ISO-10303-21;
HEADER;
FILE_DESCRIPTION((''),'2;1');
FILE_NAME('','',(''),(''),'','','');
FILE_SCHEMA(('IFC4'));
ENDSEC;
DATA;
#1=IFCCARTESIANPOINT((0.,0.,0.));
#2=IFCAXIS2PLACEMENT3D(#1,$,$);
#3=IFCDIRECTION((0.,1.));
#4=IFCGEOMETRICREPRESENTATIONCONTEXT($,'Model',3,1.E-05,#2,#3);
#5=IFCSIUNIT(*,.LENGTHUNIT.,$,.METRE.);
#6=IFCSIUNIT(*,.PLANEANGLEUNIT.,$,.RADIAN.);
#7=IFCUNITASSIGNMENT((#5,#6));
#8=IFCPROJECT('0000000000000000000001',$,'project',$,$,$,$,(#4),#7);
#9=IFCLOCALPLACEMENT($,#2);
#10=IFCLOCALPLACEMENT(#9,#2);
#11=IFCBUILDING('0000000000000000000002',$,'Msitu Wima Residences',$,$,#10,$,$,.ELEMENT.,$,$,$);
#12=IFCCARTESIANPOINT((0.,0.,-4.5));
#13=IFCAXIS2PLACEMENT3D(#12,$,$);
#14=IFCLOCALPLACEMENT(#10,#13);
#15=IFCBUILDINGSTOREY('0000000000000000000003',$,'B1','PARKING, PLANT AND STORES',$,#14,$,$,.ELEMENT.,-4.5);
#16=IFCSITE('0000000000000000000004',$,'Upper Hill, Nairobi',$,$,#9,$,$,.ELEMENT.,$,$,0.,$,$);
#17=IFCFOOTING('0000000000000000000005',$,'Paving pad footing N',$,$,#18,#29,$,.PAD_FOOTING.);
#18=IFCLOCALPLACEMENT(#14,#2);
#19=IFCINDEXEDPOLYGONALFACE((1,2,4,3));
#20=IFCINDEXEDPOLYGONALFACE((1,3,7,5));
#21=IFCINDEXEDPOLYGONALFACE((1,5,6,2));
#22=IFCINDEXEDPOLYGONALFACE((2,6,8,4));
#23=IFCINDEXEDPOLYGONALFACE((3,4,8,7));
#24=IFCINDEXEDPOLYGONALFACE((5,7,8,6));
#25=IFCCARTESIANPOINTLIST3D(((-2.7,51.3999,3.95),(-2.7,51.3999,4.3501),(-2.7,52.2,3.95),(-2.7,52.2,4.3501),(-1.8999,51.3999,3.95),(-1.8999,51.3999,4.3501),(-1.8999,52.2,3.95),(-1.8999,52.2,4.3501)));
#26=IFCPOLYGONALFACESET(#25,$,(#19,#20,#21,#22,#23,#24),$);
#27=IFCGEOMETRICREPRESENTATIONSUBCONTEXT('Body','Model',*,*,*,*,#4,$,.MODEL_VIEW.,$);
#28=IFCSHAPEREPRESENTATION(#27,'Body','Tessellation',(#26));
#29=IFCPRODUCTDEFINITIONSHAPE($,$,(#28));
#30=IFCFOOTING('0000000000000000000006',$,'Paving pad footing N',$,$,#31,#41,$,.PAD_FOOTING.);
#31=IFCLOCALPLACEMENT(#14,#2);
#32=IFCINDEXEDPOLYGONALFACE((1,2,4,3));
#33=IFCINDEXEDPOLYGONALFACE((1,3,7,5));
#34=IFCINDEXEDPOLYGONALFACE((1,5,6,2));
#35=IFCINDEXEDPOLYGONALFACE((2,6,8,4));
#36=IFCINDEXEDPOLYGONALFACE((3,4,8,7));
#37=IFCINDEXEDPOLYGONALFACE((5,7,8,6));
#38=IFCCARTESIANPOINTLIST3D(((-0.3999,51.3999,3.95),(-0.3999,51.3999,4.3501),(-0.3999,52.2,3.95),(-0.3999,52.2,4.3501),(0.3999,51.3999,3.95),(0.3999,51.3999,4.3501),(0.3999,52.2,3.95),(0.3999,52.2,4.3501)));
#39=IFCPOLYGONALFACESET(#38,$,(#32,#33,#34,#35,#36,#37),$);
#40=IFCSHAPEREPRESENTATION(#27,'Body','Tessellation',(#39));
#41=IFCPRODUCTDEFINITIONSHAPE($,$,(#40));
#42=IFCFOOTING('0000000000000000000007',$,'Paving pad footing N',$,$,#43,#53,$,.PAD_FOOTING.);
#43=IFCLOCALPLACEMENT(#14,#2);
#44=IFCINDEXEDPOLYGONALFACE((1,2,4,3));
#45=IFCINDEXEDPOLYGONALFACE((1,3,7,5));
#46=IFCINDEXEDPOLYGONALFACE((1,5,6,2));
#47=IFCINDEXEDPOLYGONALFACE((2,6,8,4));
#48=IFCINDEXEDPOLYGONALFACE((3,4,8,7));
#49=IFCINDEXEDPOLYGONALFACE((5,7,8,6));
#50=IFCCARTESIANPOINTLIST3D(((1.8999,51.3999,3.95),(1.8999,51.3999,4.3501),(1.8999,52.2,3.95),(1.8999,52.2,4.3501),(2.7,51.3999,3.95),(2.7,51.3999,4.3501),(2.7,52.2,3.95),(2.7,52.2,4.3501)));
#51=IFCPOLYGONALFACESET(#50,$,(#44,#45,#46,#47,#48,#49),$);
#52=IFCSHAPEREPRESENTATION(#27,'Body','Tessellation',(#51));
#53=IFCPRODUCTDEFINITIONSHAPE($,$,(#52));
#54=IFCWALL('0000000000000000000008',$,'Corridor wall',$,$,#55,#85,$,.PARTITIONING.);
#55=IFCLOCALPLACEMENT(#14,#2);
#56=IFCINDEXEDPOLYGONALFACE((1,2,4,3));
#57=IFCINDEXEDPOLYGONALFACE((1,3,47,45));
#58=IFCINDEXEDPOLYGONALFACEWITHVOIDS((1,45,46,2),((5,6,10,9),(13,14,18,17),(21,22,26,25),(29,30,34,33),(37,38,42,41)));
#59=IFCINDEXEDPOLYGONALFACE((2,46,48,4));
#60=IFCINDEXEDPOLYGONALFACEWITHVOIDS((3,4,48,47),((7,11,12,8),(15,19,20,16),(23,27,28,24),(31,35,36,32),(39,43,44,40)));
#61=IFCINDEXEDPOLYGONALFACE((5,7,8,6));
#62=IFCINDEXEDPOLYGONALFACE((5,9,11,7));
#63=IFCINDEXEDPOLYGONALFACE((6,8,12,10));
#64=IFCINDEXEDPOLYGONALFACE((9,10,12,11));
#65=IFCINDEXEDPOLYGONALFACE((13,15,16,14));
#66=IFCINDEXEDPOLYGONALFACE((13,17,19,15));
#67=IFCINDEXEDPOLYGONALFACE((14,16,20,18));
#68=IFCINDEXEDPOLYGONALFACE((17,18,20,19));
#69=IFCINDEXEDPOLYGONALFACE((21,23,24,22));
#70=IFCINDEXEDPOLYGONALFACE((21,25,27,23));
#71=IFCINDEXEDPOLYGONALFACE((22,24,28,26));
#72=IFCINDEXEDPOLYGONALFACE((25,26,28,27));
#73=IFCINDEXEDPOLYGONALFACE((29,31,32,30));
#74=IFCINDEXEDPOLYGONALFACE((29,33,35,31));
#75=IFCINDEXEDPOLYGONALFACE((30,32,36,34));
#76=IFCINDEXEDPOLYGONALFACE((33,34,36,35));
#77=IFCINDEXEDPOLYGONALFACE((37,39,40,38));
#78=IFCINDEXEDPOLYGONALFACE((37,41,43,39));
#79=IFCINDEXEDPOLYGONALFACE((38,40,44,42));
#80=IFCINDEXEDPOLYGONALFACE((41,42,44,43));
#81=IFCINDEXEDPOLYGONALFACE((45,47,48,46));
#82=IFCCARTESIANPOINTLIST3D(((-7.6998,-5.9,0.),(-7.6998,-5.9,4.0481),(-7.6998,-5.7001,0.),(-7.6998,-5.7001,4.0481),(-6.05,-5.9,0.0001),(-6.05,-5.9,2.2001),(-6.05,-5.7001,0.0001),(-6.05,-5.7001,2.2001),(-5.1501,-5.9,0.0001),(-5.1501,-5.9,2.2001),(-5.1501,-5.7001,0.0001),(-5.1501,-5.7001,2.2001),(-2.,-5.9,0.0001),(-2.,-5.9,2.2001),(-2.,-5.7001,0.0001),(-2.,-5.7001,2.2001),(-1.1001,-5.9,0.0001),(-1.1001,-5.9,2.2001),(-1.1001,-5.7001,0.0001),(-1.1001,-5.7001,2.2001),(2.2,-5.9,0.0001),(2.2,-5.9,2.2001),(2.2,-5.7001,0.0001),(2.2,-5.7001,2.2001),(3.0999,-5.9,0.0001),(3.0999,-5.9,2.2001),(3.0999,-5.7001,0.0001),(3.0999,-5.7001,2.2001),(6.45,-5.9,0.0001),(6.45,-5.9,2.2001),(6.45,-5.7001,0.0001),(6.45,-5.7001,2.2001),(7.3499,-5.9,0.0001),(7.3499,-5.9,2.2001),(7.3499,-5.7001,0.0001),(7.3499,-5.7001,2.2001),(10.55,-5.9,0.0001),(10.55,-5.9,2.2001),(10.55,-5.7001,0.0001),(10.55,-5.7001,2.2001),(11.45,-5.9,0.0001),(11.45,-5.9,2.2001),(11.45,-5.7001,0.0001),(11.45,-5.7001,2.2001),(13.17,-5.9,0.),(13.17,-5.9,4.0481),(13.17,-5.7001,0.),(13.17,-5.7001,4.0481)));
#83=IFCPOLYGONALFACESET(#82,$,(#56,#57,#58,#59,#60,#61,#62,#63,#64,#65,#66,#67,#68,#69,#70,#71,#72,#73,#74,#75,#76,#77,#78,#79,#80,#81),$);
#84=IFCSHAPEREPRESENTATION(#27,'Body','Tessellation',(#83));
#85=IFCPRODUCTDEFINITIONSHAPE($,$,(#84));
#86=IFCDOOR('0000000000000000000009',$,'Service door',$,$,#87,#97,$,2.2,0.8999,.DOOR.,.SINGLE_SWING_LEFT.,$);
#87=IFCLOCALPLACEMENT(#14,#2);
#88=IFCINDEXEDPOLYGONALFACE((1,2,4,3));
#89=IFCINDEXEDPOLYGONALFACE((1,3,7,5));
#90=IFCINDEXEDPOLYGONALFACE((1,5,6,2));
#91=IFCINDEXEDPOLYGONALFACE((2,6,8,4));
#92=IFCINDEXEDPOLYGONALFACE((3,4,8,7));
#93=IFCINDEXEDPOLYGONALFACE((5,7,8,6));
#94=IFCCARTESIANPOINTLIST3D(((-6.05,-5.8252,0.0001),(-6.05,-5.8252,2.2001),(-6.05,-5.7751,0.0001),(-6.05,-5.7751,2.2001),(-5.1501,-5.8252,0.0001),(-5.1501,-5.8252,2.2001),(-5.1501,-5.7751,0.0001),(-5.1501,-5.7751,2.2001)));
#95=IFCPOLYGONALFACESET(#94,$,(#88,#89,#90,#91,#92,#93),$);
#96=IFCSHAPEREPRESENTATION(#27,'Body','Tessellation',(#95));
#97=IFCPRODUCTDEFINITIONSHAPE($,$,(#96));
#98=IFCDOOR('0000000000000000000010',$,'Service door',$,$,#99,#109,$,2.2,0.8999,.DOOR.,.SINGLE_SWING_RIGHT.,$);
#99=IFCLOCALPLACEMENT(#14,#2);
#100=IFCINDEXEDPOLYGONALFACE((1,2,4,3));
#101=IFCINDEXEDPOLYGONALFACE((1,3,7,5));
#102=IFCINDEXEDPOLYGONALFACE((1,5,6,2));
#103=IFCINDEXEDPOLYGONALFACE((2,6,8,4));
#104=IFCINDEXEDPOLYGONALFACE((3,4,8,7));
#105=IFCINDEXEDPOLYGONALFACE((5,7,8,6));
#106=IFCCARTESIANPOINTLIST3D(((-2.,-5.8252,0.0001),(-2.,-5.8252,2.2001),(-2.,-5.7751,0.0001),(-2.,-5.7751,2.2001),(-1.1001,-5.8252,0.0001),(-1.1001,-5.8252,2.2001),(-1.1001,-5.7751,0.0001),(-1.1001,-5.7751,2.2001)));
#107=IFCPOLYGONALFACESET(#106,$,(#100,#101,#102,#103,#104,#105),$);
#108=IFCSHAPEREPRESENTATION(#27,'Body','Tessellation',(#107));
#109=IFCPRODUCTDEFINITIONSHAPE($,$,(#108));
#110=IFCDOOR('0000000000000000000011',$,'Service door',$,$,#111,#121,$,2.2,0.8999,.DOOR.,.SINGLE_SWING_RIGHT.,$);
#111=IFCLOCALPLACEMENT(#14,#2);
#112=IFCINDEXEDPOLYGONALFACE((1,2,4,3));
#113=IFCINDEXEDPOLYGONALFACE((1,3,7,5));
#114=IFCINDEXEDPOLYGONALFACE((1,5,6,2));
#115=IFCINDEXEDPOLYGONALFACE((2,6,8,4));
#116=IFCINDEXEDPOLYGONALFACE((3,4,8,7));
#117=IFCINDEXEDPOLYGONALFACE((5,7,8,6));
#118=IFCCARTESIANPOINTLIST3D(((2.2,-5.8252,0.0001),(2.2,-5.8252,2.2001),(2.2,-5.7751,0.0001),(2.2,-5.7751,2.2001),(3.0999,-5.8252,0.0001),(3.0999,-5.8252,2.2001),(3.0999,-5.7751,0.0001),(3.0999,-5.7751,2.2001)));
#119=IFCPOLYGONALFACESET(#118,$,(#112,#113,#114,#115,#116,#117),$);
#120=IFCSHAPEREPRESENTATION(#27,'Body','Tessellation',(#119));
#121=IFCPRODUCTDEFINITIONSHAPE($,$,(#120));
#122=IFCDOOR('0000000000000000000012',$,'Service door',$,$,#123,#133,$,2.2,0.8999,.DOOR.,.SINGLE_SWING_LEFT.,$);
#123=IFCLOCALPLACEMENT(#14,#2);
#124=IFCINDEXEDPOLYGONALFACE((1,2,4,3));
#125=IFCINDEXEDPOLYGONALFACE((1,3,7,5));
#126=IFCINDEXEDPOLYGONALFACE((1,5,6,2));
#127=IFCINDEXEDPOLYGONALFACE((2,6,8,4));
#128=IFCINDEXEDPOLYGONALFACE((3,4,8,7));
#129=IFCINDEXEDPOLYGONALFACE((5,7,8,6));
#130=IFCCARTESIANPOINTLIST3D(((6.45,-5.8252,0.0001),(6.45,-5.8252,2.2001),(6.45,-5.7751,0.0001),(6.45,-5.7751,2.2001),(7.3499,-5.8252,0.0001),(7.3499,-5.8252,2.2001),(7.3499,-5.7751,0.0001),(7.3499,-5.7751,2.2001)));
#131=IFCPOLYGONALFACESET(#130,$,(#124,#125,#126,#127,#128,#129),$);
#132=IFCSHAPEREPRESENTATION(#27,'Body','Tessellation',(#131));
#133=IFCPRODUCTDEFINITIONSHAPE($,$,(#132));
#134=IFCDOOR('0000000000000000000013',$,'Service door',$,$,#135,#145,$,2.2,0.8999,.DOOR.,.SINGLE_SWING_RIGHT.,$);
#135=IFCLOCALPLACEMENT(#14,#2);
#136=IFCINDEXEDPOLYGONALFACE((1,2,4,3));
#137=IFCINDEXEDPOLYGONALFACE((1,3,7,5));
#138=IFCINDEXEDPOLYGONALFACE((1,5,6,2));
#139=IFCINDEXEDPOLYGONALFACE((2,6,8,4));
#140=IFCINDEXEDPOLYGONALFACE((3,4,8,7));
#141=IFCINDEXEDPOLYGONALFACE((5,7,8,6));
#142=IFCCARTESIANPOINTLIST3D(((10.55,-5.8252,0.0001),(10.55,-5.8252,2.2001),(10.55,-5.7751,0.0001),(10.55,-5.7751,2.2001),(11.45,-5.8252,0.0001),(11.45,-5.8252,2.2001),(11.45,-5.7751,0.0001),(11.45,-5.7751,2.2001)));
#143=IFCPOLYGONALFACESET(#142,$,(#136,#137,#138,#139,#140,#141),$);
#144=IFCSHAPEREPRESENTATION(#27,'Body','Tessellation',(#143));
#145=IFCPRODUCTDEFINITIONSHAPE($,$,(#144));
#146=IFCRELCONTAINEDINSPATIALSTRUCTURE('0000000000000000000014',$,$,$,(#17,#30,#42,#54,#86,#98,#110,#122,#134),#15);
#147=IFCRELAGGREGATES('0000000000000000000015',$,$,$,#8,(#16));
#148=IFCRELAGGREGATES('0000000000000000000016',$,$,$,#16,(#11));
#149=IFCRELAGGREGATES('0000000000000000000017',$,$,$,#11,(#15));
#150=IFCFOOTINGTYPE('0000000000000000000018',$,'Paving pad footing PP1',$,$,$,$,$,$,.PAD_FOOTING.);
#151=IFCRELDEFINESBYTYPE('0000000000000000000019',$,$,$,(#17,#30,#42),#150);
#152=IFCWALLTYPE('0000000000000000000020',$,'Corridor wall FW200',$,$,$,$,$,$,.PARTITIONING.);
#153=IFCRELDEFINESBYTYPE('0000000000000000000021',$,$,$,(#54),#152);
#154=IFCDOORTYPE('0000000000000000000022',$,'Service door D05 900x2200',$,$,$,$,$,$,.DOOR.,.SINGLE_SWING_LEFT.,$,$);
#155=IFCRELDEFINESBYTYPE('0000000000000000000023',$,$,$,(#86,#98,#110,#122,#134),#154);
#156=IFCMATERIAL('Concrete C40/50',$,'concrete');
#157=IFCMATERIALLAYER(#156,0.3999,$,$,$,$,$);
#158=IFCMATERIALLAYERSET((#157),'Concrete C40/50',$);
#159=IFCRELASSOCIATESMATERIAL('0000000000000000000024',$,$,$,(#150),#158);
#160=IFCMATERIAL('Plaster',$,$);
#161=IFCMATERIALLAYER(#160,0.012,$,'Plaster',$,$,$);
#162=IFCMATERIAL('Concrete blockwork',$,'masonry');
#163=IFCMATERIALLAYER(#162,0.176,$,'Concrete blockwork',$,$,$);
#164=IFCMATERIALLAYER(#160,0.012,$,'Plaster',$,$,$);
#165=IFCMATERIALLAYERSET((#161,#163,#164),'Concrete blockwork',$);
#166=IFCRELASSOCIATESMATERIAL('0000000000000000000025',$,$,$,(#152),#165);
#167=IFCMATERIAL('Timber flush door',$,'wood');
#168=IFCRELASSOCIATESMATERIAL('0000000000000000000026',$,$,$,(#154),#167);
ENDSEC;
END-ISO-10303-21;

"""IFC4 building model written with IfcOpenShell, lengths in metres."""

from ifc_helpers import new_model, si_unit, direction, frame, frame_2d, origin, place, context, subcontext, project, spatial, polyline, rectangle, outline, extrude, material, layer, layer_set, type_object, element, fill, save


model = new_model("IFC4")

# Units and contexts
model_context = context("Model", 3, precision=1e-05, world=origin(), true_north=direction((0.0, 1.0)))
body_context = subcontext(model_context, "Body", "Model", "MODEL_VIEW")
ifc_project = project(units=[si_unit("LENGTHUNIT", "METRE"), si_unit("PLANEANGLEUNIT", "RADIAN")], contexts=[model_context])

# Site, building, storey
site_placement = place(None, origin())
site = spatial("IfcSite", under=ifc_project, at=site_placement, Name="Upper Hill, Nairobi", CompositionType="ELEMENT", RefElevation=0.0)
building_placement = place(site_placement, origin())
building = spatial("IfcBuilding", under=site, at=building_placement, Name="Msitu Wima Residences", CompositionType="ELEMENT")
storey_placement = place(building_placement, frame((0.0, 0.0, -4.5)))
storey = spatial("IfcBuildingStorey", under=building, at=storey_placement, Name="B1", Description="PARKING, PLANT AND STORES", CompositionType="ELEMENT", Elevation=-4.5)

# Footings
ifc_material_1 = material(Name="Concrete C40/50", Category="concrete")
ifc_layer_1 = layer(ifc_material_1, 0.3999)
ifc_layer_set_1 = layer_set([ifc_layer_1], Name="Concrete C40/50")
footing_type = type_object("IfcFootingType", Name="Paving pad footing PP1", PredefinedType="PAD_FOOTING", material=ifc_layer_set_1)
footing_1_placement = place(storey_placement, frame((0.0, 0.0, 3.95)))
element("IfcFooting", 1, at=footing_1_placement, inside=storey, type_object=footing_type, Name="Paving pad footing N", PredefinedType="PAD_FOOTING", context=body_context, shape_type="SweptSolid", body=[
    extrude(outline(polyline([(-1.8999, 51.3999), (-1.8999, 52.2), (-2.7, 52.2), (-2.7, 51.3999), (-1.8999, 51.3999)])), origin(), (0.0, 0.0, 1.0), 0.4001),
])
footing_2_placement = place(storey_placement, frame((0.0, 0.0, 3.95)))
element("IfcFooting", 2, at=footing_2_placement, inside=storey, type_object=footing_type, Name="Paving pad footing N", PredefinedType="PAD_FOOTING", context=body_context, shape_type="SweptSolid", body=[
    extrude(outline(polyline([(0.3999, 51.3999), (0.3999, 52.2), (-0.3999, 52.2), (-0.3999, 51.3999), (0.3999, 51.3999)])), origin(), (0.0, 0.0, 1.0), 0.4001),
])
footing_3_placement = place(storey_placement, frame((0.0, 0.0, 3.95)))
element("IfcFooting", 3, at=footing_3_placement, inside=storey, type_object=footing_type, Name="Paving pad footing N", PredefinedType="PAD_FOOTING", context=body_context, shape_type="SweptSolid", body=[
    extrude(outline(polyline([(2.7, 51.3999), (2.7, 52.2), (1.8999, 52.2), (1.8999, 51.3999), (2.7, 51.3999)])), origin(), (0.0, 0.0, 1.0), 0.4001),
])

# Wall, openings, doors
ifc_material_2 = material(Name="Plaster")
ifc_layer_2 = layer(ifc_material_2, 0.012, Name="Plaster")
ifc_material_3 = material(Name="Concrete blockwork", Category="masonry")
ifc_layer_3 = layer(ifc_material_3, 0.176, Name="Concrete blockwork")
ifc_layer_4 = layer(ifc_material_2, 0.012, Name="Plaster")
ifc_layer_set_2 = layer_set([ifc_layer_2, ifc_layer_3, ifc_layer_4], Name="Concrete blockwork")
wall_type_1 = type_object("IfcWallType", Name="Corridor wall FW200", PredefinedType="PARTITIONING", material=ifc_layer_set_2)
wall_1_placement = place(storey_placement, frame((-7.7, -5.8, 0.0), z_axis=(0.0, 0.0, 1.0), x_axis=(1.0, 0.0, 0.0)))
wall_1 = element("IfcWall", 4, at=wall_1_placement, inside=storey, type_object=wall_type_1, Name="Corridor wall", PredefinedType="PARTITIONING", context=body_context, shape_type="SweptSolid", body=[
    extrude(rectangle(XDim=20.8699, YDim=0.2, at=frame_2d((10.4351, 0.0))), origin(), (0.0, 0.0, 1.0), 4.0481),
])
opening_1_placement = place(wall_1_placement, frame((1.6499, 0.0, 0.0)))
opening_1 = element("IfcOpeningElement", 5, at=opening_1_placement, cuts=wall_1, PredefinedType="OPENING", context=body_context, shape_type="SweptSolid", body=[
    extrude(rectangle(XDim=0.8999, YDim=2.2, at=frame_2d((0.45, 1.1001))), frame((0.0, 0.1099, 0.0), z_axis=(0.0, -1.0, 0.0), x_axis=(1.0, 0.0, 0.0)), (0.0, 0.0, 1.0), 0.22),
])
opening_2_placement = place(wall_1_placement, frame((5.7, 0.0, 0.0)))
opening_2 = element("IfcOpeningElement", 6, at=opening_2_placement, cuts=wall_1, PredefinedType="OPENING", context=body_context, shape_type="SweptSolid", body=[
    extrude(rectangle(XDim=0.8999, YDim=2.2, at=frame_2d((0.45, 1.1001))), frame((0.0, 0.1099, 0.0), z_axis=(0.0, -1.0, 0.0), x_axis=(1.0, 0.0, 0.0)), (0.0, 0.0, 1.0), 0.22),
])
opening_3_placement = place(wall_1_placement, frame((9.8999, 0.0, 0.0)))
opening_3 = element("IfcOpeningElement", 7, at=opening_3_placement, cuts=wall_1, PredefinedType="OPENING", context=body_context, shape_type="SweptSolid", body=[
    extrude(rectangle(XDim=0.8999, YDim=2.2, at=frame_2d((0.45, 1.1001))), frame((0.0, 0.1099, 0.0), z_axis=(0.0, -1.0, 0.0), x_axis=(1.0, 0.0, 0.0)), (0.0, 0.0, 1.0), 0.22),
])
opening_4_placement = place(wall_1_placement, frame((14.1499, 0.0, 0.0)))
opening_4 = element("IfcOpeningElement", 8, at=opening_4_placement, cuts=wall_1, PredefinedType="OPENING", context=body_context, shape_type="SweptSolid", body=[
    extrude(rectangle(XDim=0.8999, YDim=2.2, at=frame_2d((0.45, 1.1001))), frame((0.0, 0.1099, 0.0), z_axis=(0.0, -1.0, 0.0), x_axis=(1.0, 0.0, 0.0)), (0.0, 0.0, 1.0), 0.22),
])
opening_5_placement = place(wall_1_placement, frame((18.25, 0.0, 0.0)))
opening_5 = element("IfcOpeningElement", 9, at=opening_5_placement, cuts=wall_1, PredefinedType="OPENING", context=body_context, shape_type="SweptSolid", body=[
    extrude(rectangle(XDim=0.8999, YDim=2.2, at=frame_2d((0.45, 1.1001))), frame((0.0, 0.1099, 0.0), z_axis=(0.0, -1.0, 0.0), x_axis=(1.0, 0.0, 0.0)), (0.0, 0.0, 1.0), 0.22),
])
ifc_material_4 = material(Name="Timber flush door", Category="wood")
door_type_1 = type_object("IfcDoorType", Name="Service door D05 900x2200", OperationType="SINGLE_SWING_LEFT", PredefinedType="DOOR", material=ifc_material_4)
door_1_placement = place(opening_1_placement, origin())
door_1 = element("IfcDoor", 10, at=door_1_placement, inside=storey, type_object=door_type_1, Name="Service door", OperationType="SINGLE_SWING_LEFT", OverallHeight=2.2, OverallWidth=0.8999, PredefinedType="DOOR", context=body_context, shape_type="SweptSolid", body=[
    extrude(rectangle(XDim=0.8999, YDim=2.2, at=frame_2d((0.45, 1.1001))), frame((0.0, 0.0249, 0.0), z_axis=(0.0, -1.0, 0.0), x_axis=(1.0, 0.0, 0.0)), (0.0, 0.0, 1.0), 0.05),
])
fill(opening_1, door_1)
door_2_placement = place(opening_2_placement, origin())
door_2 = element("IfcDoor", 11, at=door_2_placement, inside=storey, type_object=door_type_1, Name="Service door", OperationType="SINGLE_SWING_RIGHT", OverallHeight=2.2, OverallWidth=0.8999, PredefinedType="DOOR", context=body_context, shape_type="SweptSolid", body=[
    extrude(rectangle(XDim=0.8999, YDim=2.2, at=frame_2d((0.45, 1.1001))), frame((0.0, 0.0249, 0.0), z_axis=(0.0, -1.0, 0.0), x_axis=(1.0, 0.0, 0.0)), (0.0, 0.0, 1.0), 0.05),
])
fill(opening_2, door_2)
door_3_placement = place(opening_3_placement, origin())
door_3 = element("IfcDoor", 12, at=door_3_placement, inside=storey, type_object=door_type_1, Name="Service door", OperationType="SINGLE_SWING_RIGHT", OverallHeight=2.2, OverallWidth=0.8999, PredefinedType="DOOR", context=body_context, shape_type="SweptSolid", body=[
    extrude(rectangle(XDim=0.8999, YDim=2.2, at=frame_2d((0.45, 1.1001))), frame((0.0, 0.0249, 0.0), z_axis=(0.0, -1.0, 0.0), x_axis=(1.0, 0.0, 0.0)), (0.0, 0.0, 1.0), 0.05),
])
fill(opening_3, door_3)
door_4_placement = place(opening_4_placement, origin())
door_4 = element("IfcDoor", 13, at=door_4_placement, inside=storey, type_object=door_type_1, Name="Service door", OperationType="SINGLE_SWING_LEFT", OverallHeight=2.2, OverallWidth=0.8999, PredefinedType="DOOR", context=body_context, shape_type="SweptSolid", body=[
    extrude(rectangle(XDim=0.8999, YDim=2.2, at=frame_2d((0.45, 1.1001))), frame((0.0, 0.0249, 0.0), z_axis=(0.0, -1.0, 0.0), x_axis=(1.0, 0.0, 0.0)), (0.0, 0.0, 1.0), 0.05),
])
fill(opening_4, door_4)
door_5_placement = place(opening_5_placement, origin())
door_5 = element("IfcDoor", 14, at=door_5_placement, inside=storey, type_object=door_type_1, Name="Service door", OperationType="SINGLE_SWING_RIGHT", OverallHeight=2.2, OverallWidth=0.8999, PredefinedType="DOOR", context=body_context, shape_type="SweptSolid", body=[
    extrude(rectangle(XDim=0.8999, YDim=2.2, at=frame_2d((0.45, 1.1001))), frame((0.0, 0.0249, 0.0), z_axis=(0.0, -1.0, 0.0), x_axis=(1.0, 0.0, 0.0)), (0.0, 0.0, 1.0), 0.05),
])
fill(opening_5, door_5)

save(model, "model.ifc")
